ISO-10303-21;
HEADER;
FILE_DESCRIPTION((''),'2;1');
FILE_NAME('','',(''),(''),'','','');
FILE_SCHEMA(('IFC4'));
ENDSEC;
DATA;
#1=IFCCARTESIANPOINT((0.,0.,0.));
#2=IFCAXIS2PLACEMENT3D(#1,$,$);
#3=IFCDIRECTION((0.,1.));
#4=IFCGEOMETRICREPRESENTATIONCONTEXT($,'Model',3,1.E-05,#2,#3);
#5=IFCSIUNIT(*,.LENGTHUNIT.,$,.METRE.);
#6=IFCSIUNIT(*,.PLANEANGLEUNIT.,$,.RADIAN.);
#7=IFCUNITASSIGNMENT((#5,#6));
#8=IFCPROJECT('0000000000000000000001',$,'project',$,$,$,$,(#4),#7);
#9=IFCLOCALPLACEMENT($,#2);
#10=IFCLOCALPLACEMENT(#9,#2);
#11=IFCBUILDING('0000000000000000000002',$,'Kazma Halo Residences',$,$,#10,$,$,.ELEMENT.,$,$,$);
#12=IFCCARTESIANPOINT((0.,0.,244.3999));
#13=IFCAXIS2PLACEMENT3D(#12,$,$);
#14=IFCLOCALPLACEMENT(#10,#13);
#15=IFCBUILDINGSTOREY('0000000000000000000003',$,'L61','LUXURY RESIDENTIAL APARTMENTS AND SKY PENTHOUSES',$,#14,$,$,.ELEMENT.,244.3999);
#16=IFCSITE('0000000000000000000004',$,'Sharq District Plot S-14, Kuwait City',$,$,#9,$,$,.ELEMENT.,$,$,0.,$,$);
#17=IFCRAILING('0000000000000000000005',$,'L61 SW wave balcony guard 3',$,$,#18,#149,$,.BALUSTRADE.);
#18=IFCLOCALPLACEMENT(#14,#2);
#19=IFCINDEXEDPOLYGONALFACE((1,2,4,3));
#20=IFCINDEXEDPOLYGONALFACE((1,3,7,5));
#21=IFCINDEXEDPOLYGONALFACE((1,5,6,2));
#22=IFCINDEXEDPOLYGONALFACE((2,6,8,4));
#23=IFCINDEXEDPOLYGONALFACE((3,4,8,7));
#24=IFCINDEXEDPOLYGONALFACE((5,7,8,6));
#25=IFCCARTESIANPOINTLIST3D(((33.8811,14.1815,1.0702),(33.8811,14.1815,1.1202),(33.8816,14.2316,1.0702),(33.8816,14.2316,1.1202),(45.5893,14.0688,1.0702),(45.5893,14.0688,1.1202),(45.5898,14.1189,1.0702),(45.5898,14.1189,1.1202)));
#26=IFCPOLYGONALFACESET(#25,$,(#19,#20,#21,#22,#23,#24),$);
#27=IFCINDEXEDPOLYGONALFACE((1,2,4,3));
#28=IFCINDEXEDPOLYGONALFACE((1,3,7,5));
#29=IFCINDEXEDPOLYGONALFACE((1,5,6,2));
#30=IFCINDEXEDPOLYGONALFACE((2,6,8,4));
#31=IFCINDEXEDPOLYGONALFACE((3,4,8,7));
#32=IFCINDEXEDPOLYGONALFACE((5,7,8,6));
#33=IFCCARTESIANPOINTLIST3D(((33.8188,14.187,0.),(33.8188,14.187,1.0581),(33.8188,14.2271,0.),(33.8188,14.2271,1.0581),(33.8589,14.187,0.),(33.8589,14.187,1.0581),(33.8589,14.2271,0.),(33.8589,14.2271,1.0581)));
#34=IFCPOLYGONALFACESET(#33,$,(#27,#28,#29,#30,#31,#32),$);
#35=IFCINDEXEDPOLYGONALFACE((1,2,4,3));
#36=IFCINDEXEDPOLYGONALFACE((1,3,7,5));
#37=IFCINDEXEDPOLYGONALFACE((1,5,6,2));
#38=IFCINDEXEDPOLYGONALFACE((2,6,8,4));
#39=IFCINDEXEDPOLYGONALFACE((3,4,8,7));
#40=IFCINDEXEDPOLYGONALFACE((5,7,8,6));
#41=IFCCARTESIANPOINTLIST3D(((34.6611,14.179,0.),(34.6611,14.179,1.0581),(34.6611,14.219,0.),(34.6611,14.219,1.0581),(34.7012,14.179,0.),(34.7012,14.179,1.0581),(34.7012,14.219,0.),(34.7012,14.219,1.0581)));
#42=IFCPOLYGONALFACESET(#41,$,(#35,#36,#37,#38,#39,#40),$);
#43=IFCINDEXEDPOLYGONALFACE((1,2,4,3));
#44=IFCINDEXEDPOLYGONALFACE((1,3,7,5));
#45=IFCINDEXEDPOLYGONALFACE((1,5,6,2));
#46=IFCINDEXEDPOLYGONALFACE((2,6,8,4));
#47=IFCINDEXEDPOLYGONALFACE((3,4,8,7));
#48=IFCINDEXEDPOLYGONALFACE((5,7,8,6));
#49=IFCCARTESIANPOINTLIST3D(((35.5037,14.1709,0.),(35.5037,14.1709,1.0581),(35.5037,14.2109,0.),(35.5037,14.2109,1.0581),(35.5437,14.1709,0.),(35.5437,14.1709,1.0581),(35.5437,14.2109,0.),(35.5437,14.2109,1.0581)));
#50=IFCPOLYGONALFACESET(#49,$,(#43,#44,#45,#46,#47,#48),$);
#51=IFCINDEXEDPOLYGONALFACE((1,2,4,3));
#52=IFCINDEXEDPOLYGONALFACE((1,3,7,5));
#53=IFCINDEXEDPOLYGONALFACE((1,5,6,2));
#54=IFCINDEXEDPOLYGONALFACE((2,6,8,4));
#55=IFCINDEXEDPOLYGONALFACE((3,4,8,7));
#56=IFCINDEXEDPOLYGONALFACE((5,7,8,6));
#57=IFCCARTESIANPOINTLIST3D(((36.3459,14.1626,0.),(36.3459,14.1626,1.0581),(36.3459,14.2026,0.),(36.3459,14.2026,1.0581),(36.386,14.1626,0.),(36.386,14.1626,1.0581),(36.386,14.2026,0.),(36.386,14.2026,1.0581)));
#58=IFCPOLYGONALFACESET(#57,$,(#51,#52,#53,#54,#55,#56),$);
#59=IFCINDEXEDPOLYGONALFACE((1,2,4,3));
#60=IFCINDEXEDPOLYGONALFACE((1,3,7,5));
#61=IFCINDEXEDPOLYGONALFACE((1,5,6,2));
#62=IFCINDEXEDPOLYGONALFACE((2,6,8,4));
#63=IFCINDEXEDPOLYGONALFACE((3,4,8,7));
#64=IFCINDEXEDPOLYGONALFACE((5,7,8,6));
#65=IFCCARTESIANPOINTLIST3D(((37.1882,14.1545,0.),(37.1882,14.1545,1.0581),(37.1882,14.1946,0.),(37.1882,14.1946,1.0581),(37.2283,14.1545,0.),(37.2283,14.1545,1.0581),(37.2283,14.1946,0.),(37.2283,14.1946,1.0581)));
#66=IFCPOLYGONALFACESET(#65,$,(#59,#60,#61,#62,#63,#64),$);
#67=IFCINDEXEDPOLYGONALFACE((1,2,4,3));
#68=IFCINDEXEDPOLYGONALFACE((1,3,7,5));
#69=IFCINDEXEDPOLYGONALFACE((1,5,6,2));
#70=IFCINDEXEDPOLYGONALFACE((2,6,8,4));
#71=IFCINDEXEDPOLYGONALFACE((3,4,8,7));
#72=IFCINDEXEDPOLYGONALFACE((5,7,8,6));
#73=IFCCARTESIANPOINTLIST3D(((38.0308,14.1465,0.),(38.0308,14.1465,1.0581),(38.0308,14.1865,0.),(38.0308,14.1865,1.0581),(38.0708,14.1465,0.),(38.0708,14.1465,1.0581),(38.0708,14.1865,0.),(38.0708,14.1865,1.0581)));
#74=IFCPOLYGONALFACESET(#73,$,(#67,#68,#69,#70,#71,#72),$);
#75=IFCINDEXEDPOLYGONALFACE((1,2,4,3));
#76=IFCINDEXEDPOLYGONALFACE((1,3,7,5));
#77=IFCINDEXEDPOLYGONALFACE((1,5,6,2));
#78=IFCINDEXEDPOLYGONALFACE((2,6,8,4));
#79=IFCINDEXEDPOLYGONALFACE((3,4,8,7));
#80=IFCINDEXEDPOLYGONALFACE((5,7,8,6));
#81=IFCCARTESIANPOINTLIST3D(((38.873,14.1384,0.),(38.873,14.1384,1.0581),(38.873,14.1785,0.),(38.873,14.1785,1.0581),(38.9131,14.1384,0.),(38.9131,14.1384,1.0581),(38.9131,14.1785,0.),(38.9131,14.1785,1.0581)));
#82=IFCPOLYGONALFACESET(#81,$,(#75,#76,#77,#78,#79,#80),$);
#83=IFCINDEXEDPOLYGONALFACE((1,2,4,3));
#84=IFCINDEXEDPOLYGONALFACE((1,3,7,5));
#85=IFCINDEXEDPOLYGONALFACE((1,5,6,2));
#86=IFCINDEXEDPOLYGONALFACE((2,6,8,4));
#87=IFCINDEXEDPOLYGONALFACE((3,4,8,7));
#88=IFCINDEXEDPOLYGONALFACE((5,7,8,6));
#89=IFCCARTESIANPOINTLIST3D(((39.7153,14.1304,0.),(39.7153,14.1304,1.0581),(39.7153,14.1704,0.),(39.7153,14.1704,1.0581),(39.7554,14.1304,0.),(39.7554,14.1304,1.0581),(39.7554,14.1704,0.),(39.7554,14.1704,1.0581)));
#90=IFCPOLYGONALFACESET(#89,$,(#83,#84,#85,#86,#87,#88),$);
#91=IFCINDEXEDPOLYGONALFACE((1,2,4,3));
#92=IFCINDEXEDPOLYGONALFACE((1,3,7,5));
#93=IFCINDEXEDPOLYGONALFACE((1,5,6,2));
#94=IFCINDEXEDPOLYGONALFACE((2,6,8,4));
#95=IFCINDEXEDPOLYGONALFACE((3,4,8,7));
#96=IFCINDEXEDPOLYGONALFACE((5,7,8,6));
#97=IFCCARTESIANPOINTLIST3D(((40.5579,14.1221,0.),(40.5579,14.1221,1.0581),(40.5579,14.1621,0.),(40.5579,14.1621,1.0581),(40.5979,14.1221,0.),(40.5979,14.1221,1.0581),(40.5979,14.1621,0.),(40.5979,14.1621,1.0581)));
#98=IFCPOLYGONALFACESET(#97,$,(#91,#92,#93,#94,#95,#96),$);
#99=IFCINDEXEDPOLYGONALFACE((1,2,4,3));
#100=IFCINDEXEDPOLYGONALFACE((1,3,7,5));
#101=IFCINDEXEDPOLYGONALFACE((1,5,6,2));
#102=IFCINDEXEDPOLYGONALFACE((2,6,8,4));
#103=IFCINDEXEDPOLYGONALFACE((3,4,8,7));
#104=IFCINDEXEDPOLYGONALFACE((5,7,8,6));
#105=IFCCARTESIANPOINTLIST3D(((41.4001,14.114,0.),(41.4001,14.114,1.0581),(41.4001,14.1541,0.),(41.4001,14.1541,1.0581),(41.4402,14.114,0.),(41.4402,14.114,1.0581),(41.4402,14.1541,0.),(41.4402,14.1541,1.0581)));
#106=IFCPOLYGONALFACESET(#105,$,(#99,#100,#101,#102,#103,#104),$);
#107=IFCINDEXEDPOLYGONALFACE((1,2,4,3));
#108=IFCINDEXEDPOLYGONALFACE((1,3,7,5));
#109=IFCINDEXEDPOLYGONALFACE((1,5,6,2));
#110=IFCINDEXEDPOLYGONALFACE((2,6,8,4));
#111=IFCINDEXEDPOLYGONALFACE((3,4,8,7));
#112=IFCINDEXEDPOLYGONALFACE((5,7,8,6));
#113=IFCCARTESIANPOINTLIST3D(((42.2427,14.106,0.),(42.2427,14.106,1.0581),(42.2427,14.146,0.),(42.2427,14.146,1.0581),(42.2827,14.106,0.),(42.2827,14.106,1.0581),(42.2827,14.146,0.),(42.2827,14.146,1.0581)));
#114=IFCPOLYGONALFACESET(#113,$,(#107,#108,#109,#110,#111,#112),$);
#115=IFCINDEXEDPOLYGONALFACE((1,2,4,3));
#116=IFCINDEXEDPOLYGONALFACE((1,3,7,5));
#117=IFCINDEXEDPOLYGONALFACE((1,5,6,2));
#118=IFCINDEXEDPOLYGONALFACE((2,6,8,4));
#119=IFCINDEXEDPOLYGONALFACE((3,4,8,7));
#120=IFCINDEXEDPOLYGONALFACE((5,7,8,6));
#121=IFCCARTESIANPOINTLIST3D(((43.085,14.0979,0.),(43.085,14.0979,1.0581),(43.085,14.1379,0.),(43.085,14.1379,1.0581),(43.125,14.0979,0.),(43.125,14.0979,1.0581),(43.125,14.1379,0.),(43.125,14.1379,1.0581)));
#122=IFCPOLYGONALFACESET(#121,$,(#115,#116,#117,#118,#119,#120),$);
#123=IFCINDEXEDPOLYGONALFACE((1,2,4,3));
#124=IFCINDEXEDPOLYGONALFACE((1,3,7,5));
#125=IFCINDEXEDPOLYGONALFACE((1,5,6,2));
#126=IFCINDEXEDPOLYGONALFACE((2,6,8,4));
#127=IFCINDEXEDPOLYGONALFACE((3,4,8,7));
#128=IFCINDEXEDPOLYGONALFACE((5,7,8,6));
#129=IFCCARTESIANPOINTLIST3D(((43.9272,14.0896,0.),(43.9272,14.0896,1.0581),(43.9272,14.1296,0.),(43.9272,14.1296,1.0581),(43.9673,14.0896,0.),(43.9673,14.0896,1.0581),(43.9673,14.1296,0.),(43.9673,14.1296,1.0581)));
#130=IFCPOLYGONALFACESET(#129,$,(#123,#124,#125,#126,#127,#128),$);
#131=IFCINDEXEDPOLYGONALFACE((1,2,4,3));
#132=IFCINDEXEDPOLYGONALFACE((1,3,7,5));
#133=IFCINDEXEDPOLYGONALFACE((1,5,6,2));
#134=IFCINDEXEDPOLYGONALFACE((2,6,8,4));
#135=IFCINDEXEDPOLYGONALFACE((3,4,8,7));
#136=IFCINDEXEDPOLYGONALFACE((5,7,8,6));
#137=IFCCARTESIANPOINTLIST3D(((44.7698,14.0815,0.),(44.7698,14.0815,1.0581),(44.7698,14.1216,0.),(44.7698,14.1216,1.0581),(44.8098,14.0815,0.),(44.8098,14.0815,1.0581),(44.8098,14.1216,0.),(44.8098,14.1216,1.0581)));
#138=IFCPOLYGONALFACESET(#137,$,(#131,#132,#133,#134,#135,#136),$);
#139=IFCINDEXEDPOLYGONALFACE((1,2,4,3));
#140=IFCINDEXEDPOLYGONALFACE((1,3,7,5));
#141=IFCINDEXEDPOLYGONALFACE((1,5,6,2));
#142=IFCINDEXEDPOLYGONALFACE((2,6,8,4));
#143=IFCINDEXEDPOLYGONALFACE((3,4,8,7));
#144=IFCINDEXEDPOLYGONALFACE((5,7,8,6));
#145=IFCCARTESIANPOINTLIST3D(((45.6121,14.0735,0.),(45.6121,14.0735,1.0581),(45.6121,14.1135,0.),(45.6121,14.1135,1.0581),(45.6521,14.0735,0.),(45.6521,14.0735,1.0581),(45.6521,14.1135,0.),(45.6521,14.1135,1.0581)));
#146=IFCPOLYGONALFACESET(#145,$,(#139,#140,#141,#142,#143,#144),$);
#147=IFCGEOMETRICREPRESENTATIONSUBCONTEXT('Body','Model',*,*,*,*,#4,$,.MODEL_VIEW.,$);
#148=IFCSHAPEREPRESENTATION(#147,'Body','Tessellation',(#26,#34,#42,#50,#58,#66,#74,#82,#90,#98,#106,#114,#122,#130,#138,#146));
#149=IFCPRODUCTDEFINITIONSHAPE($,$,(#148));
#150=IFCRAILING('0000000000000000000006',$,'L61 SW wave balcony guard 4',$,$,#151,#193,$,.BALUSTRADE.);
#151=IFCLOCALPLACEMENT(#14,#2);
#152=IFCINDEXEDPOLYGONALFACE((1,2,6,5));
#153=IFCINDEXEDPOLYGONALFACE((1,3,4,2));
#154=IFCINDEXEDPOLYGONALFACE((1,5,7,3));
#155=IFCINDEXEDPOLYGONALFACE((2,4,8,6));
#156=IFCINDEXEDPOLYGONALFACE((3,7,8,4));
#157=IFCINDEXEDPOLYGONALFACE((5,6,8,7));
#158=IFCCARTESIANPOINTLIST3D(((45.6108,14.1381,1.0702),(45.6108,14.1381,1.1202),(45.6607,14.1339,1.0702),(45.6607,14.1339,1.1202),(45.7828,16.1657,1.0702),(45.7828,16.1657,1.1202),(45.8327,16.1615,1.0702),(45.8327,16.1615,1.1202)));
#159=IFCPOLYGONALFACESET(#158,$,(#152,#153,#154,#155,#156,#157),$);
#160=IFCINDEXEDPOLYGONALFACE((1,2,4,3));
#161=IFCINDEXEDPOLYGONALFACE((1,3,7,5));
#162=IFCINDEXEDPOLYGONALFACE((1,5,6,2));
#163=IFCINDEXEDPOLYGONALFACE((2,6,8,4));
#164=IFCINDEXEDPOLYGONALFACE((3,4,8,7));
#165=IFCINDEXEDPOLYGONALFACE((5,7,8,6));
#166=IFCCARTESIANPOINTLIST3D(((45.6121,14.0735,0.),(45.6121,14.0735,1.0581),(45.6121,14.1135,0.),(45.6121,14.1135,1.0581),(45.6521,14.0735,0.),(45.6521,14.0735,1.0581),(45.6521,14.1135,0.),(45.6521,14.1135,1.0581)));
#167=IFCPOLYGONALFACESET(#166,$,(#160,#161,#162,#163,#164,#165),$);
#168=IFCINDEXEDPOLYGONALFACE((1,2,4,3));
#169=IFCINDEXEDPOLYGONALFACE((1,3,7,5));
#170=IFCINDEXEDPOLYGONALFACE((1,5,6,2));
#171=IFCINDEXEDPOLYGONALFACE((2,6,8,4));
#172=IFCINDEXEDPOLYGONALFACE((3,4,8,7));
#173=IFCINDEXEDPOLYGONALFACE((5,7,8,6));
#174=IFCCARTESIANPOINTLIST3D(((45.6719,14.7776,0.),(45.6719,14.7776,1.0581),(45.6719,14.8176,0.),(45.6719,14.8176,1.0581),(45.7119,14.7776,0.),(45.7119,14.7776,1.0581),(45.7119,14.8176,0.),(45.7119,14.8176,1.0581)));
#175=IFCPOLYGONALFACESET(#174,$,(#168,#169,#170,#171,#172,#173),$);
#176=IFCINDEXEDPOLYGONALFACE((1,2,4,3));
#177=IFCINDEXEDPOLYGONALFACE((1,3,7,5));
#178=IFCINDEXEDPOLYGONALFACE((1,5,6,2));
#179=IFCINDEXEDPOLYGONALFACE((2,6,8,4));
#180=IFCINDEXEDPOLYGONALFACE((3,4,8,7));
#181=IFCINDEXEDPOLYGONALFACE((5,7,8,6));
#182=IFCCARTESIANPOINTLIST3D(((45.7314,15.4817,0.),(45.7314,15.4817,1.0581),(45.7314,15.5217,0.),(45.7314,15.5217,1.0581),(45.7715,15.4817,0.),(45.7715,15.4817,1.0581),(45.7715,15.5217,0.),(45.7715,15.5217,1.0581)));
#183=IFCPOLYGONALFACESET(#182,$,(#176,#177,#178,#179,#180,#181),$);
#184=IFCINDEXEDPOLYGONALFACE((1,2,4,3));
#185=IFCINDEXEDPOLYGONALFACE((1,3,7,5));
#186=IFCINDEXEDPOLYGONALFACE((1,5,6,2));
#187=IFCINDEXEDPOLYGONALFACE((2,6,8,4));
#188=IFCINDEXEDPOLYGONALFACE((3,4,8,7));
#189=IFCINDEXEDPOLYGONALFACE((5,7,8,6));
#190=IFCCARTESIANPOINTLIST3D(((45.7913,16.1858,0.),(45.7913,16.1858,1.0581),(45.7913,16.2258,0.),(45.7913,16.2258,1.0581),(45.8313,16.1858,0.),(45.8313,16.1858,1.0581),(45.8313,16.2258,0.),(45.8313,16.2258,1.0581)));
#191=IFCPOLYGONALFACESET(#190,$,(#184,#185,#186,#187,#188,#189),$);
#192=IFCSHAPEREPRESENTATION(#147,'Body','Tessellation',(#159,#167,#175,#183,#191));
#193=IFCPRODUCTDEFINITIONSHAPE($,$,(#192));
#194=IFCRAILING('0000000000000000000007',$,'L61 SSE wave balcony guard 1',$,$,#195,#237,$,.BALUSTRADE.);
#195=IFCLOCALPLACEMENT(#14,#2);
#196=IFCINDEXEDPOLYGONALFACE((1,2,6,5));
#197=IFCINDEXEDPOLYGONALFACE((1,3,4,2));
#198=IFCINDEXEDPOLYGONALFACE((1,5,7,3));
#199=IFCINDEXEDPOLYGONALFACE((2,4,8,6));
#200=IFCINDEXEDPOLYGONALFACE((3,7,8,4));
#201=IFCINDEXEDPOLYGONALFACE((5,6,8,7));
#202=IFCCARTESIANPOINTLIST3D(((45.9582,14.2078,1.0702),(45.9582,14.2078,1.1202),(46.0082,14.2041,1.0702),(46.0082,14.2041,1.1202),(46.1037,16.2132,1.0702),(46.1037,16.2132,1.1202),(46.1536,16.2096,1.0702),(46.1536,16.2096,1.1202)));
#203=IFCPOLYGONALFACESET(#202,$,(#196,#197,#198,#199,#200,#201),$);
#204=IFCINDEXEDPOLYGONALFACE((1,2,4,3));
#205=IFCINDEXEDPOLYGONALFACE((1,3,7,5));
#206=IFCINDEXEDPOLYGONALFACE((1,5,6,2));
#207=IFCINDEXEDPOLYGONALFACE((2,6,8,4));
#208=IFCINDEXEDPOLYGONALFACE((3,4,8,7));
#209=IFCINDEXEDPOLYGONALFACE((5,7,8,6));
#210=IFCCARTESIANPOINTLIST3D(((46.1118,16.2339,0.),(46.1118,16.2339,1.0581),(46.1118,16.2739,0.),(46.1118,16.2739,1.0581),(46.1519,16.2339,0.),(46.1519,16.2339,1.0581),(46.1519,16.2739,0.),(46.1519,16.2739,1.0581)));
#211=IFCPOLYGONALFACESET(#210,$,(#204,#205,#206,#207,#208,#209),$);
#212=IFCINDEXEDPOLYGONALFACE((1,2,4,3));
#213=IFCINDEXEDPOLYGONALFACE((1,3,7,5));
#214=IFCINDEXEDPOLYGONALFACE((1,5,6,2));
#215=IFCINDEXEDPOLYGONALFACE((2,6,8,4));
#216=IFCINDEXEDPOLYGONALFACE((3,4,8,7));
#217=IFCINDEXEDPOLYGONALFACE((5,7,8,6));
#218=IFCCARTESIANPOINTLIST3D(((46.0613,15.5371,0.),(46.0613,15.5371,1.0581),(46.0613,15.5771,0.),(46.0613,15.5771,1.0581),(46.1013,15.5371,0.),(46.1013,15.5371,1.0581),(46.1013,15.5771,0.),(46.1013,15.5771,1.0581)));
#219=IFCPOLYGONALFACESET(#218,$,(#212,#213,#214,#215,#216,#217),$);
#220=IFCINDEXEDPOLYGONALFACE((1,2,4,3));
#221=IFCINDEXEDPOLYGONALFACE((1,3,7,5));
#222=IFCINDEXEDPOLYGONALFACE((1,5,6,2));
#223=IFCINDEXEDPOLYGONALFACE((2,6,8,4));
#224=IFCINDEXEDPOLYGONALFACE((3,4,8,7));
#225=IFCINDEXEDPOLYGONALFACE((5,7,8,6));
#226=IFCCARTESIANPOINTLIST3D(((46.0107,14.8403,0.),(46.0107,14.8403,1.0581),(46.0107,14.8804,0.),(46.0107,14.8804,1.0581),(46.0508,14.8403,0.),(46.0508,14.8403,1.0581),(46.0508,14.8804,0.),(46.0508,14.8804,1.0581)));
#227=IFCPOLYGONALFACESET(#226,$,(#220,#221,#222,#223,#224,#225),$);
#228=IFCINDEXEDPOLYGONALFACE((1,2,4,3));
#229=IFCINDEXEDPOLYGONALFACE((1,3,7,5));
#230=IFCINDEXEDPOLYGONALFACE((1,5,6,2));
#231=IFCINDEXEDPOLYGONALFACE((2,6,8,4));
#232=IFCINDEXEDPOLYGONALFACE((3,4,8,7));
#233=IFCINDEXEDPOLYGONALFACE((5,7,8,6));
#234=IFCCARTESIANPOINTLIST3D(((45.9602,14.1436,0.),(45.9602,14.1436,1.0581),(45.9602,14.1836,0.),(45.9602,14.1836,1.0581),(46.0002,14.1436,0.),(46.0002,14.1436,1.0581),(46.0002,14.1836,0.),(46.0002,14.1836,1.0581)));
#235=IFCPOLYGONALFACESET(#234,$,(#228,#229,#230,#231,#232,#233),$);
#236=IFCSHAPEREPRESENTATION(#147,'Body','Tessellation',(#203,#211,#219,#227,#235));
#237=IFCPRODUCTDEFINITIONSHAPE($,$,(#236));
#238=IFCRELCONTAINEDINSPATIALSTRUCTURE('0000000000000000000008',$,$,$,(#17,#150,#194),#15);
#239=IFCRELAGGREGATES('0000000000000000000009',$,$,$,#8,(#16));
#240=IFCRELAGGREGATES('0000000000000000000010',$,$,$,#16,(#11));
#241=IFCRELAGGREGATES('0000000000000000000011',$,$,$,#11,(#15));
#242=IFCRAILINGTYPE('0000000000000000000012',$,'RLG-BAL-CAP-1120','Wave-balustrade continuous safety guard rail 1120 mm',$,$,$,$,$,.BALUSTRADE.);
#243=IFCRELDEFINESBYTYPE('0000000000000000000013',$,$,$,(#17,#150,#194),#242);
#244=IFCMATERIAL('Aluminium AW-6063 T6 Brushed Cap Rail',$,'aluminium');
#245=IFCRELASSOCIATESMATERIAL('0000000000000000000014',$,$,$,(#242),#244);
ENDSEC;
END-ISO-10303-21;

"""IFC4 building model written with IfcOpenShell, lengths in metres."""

from ifc_helpers import new_model, si_unit, direction, frame, origin, origin_2d, place, context, subcontext, project, spatial, rectangle, extrude, material, type_object, element, save


model = new_model("IFC4")

# Units and contexts
model_context = context("Model", 3, precision=1e-05, world=origin(), true_north=direction((0.0, 1.0)))
body_context = subcontext(model_context, "Body", "Model", "MODEL_VIEW")
ifc_project = project(units=[si_unit("LENGTHUNIT", "METRE"), si_unit("PLANEANGLEUNIT", "RADIAN")], contexts=[model_context])

# Site, building, storey
site_placement = place(None, origin())
site = spatial("IfcSite", under=ifc_project, at=site_placement, Name="Sharq District Plot S-14, Kuwait City", CompositionType="ELEMENT", RefElevation=0.0)
building_placement = place(site_placement, origin())
building = spatial("IfcBuilding", under=site, at=building_placement, Name="Kazma Halo Residences", CompositionType="ELEMENT")
storey_placement = place(building_placement, frame((0.0, 0.0, 244.3999)))
storey = spatial("IfcBuildingStorey", under=building, at=storey_placement, Name="L61", Description="LUXURY RESIDENTIAL APARTMENTS AND SKY PENTHOUSES", CompositionType="ELEMENT", Elevation=244.3999)

# Railings
ifc_material_1 = material(Name="Aluminium AW-6063 T6 Brushed Cap Rail", Category="aluminium")
railing_type = type_object("IfcRailingType", Name="RLG-BAL-CAP-1120", Description="Wave-balustrade continuous safety guard rail 1120 mm", PredefinedType="BALUSTRADE", material=ifc_material_1)
railing_1_placement = place(storey_placement, frame((33.8389, 14.207, 0.0)))
element("IfcRailing", 1, at=railing_1_placement, inside=storey, type_object=railing_type, Name="L61 SW wave balcony guard 3", PredefinedType="BALUSTRADE", context=body_context, shape_type="SweptSolid", body=[
    extrude(rectangle(XDim=0.05, YDim=0.05, at=origin_2d()), frame((0.0425, -0.0005, 1.0952), z_axis=(0.999954, -0.009626, 0.0), x_axis=(0.009626, 0.999954, 0.0)), (0.0, 0.0, 1.0), 11.7087),
    extrude(rectangle(XDim=0.04, YDim=0.04, at=origin_2d()), origin(), (0.0, 0.0, 1.0), 1.0581),
    extrude(rectangle(XDim=0.04, YDim=0.04, at=origin_2d()), frame((0.8423, -0.0081, 0.0)), (0.0, 0.0, 1.0), 1.0581),
    extrude(rectangle(XDim=0.04, YDim=0.04, at=origin_2d()), frame((1.6848, -0.0161, 0.0)), (0.0, 0.0, 1.0), 1.0581),
    extrude(rectangle(XDim=0.04, YDim=0.04, at=origin_2d()), frame((2.5271, -0.0244, 0.0)), (0.0, 0.0, 1.0), 1.0581),
    extrude(rectangle(XDim=0.04, YDim=0.04, at=origin_2d()), frame((3.3694, -0.0325, 0.0)), (0.0, 0.0, 1.0), 1.0581),
    extrude(rectangle(XDim=0.04, YDim=0.04, at=origin_2d()), frame((4.2119, -0.0405, 0.0)), (0.0, 0.0, 1.0), 1.0581),
    extrude(rectangle(XDim=0.04, YDim=0.04, at=origin_2d()), frame((5.0542, -0.0486, 0.0)), (0.0, 0.0, 1.0), 1.0581),
    extrude(rectangle(XDim=0.04, YDim=0.04, at=origin_2d()), frame((5.8965, -0.0566, 0.0)), (0.0, 0.0, 1.0), 1.0581),
    extrude(rectangle(XDim=0.04, YDim=0.04, at=origin_2d()), frame((6.739, -0.0649, 0.0)), (0.0, 0.0, 1.0), 1.0581),
    extrude(rectangle(XDim=0.04, YDim=0.04, at=origin_2d()), frame((7.5813, -0.073, 0.0)), (0.0, 0.0, 1.0), 1.0581),
    extrude(rectangle(XDim=0.04, YDim=0.04, at=origin_2d()), frame((8.4238, -0.0811, 0.0)), (0.0, 0.0, 1.0), 1.0581),
    extrude(rectangle(XDim=0.04, YDim=0.04, at=origin_2d()), frame((9.2661, -0.0891, 0.0)), (0.0, 0.0, 1.0), 1.0581),
    extrude(rectangle(XDim=0.04, YDim=0.04, at=origin_2d()), frame((10.1084, -0.0974, 0.0)), (0.0, 0.0, 1.0), 1.0581),
    extrude(rectangle(XDim=0.04, YDim=0.04, at=origin_2d()), frame((10.9509, -0.1055, 0.0)), (0.0, 0.0, 1.0), 1.0581),
    extrude(rectangle(XDim=0.04, YDim=0.04, at=origin_2d()), frame((11.7932, -0.1135, 0.0)), (0.0, 0.0, 1.0), 1.0581),
])
railing_2_placement = place(storey_placement, frame((45.6321, 14.0935, 0.0)))
element("IfcRailing", 2, at=railing_2_placement, inside=storey, type_object=railing_type, Name="L61 SW wave balcony guard 4", PredefinedType="BALUSTRADE", context=body_context, shape_type="SweptSolid", body=[
    extrude(rectangle(XDim=0.05, YDim=0.05, at=origin_2d()), frame((0.0037, 0.0425, 1.0952), z_axis=(0.084532, 0.996421, 0.0), x_axis=(-0.996421, 0.084532, 0.0)), (0.0, 0.0, 1.0), 2.0349),
    extrude(rectangle(XDim=0.04, YDim=0.04, at=origin_2d()), origin(), (0.0, 0.0, 1.0), 1.0581),
    extrude(rectangle(XDim=0.04, YDim=0.04, at=origin_2d()), frame((0.0598, 0.7041, 0.0)), (0.0, 0.0, 1.0), 1.0581),
    extrude(rectangle(XDim=0.04, YDim=0.04, at=origin_2d()), frame((0.1194, 1.4082, 0.0)), (0.0, 0.0, 1.0), 1.0581),
    extrude(rectangle(XDim=0.04, YDim=0.04, at=origin_2d()), frame((0.1792, 2.1123, 0.0)), (0.0, 0.0, 1.0), 1.0581),
])
railing_3_placement = place(storey_placement, frame((46.1318, 16.2539, 0.0)))
element("IfcRailing", 3, at=railing_3_placement, inside=storey, type_object=railing_type, Name="L61 SSE wave balcony guard 1", PredefinedType="BALUSTRADE", context=body_context, shape_type="SweptSolid", body=[
    extrude(rectangle(XDim=0.05, YDim=0.05, at=origin_2d()), frame((-0.0032, -0.0425, 1.0952), z_axis=(-0.07234, -0.99738, 0.0), x_axis=(0.99738, -0.07234, 0.0)), (0.0, 0.0, 1.0), 2.0107),
    extrude(rectangle(XDim=0.04, YDim=0.04, at=origin_2d()), origin(), (0.0, 0.0, 1.0), 1.0581),
    extrude(rectangle(XDim=0.04, YDim=0.04, at=origin_2d()), frame((-0.0505, -0.6968, 0.0)), (0.0, 0.0, 1.0), 1.0581),
    extrude(rectangle(XDim=0.04, YDim=0.04, at=origin_2d()), frame((-0.1011, -1.3936, 0.0)), (0.0, 0.0, 1.0), 1.0581),
    extrude(rectangle(XDim=0.04, YDim=0.04, at=origin_2d()), frame((-0.1516, -2.0903, 0.0)), (0.0, 0.0, 1.0), 1.0581),
])

save(model, "model.ifc")
